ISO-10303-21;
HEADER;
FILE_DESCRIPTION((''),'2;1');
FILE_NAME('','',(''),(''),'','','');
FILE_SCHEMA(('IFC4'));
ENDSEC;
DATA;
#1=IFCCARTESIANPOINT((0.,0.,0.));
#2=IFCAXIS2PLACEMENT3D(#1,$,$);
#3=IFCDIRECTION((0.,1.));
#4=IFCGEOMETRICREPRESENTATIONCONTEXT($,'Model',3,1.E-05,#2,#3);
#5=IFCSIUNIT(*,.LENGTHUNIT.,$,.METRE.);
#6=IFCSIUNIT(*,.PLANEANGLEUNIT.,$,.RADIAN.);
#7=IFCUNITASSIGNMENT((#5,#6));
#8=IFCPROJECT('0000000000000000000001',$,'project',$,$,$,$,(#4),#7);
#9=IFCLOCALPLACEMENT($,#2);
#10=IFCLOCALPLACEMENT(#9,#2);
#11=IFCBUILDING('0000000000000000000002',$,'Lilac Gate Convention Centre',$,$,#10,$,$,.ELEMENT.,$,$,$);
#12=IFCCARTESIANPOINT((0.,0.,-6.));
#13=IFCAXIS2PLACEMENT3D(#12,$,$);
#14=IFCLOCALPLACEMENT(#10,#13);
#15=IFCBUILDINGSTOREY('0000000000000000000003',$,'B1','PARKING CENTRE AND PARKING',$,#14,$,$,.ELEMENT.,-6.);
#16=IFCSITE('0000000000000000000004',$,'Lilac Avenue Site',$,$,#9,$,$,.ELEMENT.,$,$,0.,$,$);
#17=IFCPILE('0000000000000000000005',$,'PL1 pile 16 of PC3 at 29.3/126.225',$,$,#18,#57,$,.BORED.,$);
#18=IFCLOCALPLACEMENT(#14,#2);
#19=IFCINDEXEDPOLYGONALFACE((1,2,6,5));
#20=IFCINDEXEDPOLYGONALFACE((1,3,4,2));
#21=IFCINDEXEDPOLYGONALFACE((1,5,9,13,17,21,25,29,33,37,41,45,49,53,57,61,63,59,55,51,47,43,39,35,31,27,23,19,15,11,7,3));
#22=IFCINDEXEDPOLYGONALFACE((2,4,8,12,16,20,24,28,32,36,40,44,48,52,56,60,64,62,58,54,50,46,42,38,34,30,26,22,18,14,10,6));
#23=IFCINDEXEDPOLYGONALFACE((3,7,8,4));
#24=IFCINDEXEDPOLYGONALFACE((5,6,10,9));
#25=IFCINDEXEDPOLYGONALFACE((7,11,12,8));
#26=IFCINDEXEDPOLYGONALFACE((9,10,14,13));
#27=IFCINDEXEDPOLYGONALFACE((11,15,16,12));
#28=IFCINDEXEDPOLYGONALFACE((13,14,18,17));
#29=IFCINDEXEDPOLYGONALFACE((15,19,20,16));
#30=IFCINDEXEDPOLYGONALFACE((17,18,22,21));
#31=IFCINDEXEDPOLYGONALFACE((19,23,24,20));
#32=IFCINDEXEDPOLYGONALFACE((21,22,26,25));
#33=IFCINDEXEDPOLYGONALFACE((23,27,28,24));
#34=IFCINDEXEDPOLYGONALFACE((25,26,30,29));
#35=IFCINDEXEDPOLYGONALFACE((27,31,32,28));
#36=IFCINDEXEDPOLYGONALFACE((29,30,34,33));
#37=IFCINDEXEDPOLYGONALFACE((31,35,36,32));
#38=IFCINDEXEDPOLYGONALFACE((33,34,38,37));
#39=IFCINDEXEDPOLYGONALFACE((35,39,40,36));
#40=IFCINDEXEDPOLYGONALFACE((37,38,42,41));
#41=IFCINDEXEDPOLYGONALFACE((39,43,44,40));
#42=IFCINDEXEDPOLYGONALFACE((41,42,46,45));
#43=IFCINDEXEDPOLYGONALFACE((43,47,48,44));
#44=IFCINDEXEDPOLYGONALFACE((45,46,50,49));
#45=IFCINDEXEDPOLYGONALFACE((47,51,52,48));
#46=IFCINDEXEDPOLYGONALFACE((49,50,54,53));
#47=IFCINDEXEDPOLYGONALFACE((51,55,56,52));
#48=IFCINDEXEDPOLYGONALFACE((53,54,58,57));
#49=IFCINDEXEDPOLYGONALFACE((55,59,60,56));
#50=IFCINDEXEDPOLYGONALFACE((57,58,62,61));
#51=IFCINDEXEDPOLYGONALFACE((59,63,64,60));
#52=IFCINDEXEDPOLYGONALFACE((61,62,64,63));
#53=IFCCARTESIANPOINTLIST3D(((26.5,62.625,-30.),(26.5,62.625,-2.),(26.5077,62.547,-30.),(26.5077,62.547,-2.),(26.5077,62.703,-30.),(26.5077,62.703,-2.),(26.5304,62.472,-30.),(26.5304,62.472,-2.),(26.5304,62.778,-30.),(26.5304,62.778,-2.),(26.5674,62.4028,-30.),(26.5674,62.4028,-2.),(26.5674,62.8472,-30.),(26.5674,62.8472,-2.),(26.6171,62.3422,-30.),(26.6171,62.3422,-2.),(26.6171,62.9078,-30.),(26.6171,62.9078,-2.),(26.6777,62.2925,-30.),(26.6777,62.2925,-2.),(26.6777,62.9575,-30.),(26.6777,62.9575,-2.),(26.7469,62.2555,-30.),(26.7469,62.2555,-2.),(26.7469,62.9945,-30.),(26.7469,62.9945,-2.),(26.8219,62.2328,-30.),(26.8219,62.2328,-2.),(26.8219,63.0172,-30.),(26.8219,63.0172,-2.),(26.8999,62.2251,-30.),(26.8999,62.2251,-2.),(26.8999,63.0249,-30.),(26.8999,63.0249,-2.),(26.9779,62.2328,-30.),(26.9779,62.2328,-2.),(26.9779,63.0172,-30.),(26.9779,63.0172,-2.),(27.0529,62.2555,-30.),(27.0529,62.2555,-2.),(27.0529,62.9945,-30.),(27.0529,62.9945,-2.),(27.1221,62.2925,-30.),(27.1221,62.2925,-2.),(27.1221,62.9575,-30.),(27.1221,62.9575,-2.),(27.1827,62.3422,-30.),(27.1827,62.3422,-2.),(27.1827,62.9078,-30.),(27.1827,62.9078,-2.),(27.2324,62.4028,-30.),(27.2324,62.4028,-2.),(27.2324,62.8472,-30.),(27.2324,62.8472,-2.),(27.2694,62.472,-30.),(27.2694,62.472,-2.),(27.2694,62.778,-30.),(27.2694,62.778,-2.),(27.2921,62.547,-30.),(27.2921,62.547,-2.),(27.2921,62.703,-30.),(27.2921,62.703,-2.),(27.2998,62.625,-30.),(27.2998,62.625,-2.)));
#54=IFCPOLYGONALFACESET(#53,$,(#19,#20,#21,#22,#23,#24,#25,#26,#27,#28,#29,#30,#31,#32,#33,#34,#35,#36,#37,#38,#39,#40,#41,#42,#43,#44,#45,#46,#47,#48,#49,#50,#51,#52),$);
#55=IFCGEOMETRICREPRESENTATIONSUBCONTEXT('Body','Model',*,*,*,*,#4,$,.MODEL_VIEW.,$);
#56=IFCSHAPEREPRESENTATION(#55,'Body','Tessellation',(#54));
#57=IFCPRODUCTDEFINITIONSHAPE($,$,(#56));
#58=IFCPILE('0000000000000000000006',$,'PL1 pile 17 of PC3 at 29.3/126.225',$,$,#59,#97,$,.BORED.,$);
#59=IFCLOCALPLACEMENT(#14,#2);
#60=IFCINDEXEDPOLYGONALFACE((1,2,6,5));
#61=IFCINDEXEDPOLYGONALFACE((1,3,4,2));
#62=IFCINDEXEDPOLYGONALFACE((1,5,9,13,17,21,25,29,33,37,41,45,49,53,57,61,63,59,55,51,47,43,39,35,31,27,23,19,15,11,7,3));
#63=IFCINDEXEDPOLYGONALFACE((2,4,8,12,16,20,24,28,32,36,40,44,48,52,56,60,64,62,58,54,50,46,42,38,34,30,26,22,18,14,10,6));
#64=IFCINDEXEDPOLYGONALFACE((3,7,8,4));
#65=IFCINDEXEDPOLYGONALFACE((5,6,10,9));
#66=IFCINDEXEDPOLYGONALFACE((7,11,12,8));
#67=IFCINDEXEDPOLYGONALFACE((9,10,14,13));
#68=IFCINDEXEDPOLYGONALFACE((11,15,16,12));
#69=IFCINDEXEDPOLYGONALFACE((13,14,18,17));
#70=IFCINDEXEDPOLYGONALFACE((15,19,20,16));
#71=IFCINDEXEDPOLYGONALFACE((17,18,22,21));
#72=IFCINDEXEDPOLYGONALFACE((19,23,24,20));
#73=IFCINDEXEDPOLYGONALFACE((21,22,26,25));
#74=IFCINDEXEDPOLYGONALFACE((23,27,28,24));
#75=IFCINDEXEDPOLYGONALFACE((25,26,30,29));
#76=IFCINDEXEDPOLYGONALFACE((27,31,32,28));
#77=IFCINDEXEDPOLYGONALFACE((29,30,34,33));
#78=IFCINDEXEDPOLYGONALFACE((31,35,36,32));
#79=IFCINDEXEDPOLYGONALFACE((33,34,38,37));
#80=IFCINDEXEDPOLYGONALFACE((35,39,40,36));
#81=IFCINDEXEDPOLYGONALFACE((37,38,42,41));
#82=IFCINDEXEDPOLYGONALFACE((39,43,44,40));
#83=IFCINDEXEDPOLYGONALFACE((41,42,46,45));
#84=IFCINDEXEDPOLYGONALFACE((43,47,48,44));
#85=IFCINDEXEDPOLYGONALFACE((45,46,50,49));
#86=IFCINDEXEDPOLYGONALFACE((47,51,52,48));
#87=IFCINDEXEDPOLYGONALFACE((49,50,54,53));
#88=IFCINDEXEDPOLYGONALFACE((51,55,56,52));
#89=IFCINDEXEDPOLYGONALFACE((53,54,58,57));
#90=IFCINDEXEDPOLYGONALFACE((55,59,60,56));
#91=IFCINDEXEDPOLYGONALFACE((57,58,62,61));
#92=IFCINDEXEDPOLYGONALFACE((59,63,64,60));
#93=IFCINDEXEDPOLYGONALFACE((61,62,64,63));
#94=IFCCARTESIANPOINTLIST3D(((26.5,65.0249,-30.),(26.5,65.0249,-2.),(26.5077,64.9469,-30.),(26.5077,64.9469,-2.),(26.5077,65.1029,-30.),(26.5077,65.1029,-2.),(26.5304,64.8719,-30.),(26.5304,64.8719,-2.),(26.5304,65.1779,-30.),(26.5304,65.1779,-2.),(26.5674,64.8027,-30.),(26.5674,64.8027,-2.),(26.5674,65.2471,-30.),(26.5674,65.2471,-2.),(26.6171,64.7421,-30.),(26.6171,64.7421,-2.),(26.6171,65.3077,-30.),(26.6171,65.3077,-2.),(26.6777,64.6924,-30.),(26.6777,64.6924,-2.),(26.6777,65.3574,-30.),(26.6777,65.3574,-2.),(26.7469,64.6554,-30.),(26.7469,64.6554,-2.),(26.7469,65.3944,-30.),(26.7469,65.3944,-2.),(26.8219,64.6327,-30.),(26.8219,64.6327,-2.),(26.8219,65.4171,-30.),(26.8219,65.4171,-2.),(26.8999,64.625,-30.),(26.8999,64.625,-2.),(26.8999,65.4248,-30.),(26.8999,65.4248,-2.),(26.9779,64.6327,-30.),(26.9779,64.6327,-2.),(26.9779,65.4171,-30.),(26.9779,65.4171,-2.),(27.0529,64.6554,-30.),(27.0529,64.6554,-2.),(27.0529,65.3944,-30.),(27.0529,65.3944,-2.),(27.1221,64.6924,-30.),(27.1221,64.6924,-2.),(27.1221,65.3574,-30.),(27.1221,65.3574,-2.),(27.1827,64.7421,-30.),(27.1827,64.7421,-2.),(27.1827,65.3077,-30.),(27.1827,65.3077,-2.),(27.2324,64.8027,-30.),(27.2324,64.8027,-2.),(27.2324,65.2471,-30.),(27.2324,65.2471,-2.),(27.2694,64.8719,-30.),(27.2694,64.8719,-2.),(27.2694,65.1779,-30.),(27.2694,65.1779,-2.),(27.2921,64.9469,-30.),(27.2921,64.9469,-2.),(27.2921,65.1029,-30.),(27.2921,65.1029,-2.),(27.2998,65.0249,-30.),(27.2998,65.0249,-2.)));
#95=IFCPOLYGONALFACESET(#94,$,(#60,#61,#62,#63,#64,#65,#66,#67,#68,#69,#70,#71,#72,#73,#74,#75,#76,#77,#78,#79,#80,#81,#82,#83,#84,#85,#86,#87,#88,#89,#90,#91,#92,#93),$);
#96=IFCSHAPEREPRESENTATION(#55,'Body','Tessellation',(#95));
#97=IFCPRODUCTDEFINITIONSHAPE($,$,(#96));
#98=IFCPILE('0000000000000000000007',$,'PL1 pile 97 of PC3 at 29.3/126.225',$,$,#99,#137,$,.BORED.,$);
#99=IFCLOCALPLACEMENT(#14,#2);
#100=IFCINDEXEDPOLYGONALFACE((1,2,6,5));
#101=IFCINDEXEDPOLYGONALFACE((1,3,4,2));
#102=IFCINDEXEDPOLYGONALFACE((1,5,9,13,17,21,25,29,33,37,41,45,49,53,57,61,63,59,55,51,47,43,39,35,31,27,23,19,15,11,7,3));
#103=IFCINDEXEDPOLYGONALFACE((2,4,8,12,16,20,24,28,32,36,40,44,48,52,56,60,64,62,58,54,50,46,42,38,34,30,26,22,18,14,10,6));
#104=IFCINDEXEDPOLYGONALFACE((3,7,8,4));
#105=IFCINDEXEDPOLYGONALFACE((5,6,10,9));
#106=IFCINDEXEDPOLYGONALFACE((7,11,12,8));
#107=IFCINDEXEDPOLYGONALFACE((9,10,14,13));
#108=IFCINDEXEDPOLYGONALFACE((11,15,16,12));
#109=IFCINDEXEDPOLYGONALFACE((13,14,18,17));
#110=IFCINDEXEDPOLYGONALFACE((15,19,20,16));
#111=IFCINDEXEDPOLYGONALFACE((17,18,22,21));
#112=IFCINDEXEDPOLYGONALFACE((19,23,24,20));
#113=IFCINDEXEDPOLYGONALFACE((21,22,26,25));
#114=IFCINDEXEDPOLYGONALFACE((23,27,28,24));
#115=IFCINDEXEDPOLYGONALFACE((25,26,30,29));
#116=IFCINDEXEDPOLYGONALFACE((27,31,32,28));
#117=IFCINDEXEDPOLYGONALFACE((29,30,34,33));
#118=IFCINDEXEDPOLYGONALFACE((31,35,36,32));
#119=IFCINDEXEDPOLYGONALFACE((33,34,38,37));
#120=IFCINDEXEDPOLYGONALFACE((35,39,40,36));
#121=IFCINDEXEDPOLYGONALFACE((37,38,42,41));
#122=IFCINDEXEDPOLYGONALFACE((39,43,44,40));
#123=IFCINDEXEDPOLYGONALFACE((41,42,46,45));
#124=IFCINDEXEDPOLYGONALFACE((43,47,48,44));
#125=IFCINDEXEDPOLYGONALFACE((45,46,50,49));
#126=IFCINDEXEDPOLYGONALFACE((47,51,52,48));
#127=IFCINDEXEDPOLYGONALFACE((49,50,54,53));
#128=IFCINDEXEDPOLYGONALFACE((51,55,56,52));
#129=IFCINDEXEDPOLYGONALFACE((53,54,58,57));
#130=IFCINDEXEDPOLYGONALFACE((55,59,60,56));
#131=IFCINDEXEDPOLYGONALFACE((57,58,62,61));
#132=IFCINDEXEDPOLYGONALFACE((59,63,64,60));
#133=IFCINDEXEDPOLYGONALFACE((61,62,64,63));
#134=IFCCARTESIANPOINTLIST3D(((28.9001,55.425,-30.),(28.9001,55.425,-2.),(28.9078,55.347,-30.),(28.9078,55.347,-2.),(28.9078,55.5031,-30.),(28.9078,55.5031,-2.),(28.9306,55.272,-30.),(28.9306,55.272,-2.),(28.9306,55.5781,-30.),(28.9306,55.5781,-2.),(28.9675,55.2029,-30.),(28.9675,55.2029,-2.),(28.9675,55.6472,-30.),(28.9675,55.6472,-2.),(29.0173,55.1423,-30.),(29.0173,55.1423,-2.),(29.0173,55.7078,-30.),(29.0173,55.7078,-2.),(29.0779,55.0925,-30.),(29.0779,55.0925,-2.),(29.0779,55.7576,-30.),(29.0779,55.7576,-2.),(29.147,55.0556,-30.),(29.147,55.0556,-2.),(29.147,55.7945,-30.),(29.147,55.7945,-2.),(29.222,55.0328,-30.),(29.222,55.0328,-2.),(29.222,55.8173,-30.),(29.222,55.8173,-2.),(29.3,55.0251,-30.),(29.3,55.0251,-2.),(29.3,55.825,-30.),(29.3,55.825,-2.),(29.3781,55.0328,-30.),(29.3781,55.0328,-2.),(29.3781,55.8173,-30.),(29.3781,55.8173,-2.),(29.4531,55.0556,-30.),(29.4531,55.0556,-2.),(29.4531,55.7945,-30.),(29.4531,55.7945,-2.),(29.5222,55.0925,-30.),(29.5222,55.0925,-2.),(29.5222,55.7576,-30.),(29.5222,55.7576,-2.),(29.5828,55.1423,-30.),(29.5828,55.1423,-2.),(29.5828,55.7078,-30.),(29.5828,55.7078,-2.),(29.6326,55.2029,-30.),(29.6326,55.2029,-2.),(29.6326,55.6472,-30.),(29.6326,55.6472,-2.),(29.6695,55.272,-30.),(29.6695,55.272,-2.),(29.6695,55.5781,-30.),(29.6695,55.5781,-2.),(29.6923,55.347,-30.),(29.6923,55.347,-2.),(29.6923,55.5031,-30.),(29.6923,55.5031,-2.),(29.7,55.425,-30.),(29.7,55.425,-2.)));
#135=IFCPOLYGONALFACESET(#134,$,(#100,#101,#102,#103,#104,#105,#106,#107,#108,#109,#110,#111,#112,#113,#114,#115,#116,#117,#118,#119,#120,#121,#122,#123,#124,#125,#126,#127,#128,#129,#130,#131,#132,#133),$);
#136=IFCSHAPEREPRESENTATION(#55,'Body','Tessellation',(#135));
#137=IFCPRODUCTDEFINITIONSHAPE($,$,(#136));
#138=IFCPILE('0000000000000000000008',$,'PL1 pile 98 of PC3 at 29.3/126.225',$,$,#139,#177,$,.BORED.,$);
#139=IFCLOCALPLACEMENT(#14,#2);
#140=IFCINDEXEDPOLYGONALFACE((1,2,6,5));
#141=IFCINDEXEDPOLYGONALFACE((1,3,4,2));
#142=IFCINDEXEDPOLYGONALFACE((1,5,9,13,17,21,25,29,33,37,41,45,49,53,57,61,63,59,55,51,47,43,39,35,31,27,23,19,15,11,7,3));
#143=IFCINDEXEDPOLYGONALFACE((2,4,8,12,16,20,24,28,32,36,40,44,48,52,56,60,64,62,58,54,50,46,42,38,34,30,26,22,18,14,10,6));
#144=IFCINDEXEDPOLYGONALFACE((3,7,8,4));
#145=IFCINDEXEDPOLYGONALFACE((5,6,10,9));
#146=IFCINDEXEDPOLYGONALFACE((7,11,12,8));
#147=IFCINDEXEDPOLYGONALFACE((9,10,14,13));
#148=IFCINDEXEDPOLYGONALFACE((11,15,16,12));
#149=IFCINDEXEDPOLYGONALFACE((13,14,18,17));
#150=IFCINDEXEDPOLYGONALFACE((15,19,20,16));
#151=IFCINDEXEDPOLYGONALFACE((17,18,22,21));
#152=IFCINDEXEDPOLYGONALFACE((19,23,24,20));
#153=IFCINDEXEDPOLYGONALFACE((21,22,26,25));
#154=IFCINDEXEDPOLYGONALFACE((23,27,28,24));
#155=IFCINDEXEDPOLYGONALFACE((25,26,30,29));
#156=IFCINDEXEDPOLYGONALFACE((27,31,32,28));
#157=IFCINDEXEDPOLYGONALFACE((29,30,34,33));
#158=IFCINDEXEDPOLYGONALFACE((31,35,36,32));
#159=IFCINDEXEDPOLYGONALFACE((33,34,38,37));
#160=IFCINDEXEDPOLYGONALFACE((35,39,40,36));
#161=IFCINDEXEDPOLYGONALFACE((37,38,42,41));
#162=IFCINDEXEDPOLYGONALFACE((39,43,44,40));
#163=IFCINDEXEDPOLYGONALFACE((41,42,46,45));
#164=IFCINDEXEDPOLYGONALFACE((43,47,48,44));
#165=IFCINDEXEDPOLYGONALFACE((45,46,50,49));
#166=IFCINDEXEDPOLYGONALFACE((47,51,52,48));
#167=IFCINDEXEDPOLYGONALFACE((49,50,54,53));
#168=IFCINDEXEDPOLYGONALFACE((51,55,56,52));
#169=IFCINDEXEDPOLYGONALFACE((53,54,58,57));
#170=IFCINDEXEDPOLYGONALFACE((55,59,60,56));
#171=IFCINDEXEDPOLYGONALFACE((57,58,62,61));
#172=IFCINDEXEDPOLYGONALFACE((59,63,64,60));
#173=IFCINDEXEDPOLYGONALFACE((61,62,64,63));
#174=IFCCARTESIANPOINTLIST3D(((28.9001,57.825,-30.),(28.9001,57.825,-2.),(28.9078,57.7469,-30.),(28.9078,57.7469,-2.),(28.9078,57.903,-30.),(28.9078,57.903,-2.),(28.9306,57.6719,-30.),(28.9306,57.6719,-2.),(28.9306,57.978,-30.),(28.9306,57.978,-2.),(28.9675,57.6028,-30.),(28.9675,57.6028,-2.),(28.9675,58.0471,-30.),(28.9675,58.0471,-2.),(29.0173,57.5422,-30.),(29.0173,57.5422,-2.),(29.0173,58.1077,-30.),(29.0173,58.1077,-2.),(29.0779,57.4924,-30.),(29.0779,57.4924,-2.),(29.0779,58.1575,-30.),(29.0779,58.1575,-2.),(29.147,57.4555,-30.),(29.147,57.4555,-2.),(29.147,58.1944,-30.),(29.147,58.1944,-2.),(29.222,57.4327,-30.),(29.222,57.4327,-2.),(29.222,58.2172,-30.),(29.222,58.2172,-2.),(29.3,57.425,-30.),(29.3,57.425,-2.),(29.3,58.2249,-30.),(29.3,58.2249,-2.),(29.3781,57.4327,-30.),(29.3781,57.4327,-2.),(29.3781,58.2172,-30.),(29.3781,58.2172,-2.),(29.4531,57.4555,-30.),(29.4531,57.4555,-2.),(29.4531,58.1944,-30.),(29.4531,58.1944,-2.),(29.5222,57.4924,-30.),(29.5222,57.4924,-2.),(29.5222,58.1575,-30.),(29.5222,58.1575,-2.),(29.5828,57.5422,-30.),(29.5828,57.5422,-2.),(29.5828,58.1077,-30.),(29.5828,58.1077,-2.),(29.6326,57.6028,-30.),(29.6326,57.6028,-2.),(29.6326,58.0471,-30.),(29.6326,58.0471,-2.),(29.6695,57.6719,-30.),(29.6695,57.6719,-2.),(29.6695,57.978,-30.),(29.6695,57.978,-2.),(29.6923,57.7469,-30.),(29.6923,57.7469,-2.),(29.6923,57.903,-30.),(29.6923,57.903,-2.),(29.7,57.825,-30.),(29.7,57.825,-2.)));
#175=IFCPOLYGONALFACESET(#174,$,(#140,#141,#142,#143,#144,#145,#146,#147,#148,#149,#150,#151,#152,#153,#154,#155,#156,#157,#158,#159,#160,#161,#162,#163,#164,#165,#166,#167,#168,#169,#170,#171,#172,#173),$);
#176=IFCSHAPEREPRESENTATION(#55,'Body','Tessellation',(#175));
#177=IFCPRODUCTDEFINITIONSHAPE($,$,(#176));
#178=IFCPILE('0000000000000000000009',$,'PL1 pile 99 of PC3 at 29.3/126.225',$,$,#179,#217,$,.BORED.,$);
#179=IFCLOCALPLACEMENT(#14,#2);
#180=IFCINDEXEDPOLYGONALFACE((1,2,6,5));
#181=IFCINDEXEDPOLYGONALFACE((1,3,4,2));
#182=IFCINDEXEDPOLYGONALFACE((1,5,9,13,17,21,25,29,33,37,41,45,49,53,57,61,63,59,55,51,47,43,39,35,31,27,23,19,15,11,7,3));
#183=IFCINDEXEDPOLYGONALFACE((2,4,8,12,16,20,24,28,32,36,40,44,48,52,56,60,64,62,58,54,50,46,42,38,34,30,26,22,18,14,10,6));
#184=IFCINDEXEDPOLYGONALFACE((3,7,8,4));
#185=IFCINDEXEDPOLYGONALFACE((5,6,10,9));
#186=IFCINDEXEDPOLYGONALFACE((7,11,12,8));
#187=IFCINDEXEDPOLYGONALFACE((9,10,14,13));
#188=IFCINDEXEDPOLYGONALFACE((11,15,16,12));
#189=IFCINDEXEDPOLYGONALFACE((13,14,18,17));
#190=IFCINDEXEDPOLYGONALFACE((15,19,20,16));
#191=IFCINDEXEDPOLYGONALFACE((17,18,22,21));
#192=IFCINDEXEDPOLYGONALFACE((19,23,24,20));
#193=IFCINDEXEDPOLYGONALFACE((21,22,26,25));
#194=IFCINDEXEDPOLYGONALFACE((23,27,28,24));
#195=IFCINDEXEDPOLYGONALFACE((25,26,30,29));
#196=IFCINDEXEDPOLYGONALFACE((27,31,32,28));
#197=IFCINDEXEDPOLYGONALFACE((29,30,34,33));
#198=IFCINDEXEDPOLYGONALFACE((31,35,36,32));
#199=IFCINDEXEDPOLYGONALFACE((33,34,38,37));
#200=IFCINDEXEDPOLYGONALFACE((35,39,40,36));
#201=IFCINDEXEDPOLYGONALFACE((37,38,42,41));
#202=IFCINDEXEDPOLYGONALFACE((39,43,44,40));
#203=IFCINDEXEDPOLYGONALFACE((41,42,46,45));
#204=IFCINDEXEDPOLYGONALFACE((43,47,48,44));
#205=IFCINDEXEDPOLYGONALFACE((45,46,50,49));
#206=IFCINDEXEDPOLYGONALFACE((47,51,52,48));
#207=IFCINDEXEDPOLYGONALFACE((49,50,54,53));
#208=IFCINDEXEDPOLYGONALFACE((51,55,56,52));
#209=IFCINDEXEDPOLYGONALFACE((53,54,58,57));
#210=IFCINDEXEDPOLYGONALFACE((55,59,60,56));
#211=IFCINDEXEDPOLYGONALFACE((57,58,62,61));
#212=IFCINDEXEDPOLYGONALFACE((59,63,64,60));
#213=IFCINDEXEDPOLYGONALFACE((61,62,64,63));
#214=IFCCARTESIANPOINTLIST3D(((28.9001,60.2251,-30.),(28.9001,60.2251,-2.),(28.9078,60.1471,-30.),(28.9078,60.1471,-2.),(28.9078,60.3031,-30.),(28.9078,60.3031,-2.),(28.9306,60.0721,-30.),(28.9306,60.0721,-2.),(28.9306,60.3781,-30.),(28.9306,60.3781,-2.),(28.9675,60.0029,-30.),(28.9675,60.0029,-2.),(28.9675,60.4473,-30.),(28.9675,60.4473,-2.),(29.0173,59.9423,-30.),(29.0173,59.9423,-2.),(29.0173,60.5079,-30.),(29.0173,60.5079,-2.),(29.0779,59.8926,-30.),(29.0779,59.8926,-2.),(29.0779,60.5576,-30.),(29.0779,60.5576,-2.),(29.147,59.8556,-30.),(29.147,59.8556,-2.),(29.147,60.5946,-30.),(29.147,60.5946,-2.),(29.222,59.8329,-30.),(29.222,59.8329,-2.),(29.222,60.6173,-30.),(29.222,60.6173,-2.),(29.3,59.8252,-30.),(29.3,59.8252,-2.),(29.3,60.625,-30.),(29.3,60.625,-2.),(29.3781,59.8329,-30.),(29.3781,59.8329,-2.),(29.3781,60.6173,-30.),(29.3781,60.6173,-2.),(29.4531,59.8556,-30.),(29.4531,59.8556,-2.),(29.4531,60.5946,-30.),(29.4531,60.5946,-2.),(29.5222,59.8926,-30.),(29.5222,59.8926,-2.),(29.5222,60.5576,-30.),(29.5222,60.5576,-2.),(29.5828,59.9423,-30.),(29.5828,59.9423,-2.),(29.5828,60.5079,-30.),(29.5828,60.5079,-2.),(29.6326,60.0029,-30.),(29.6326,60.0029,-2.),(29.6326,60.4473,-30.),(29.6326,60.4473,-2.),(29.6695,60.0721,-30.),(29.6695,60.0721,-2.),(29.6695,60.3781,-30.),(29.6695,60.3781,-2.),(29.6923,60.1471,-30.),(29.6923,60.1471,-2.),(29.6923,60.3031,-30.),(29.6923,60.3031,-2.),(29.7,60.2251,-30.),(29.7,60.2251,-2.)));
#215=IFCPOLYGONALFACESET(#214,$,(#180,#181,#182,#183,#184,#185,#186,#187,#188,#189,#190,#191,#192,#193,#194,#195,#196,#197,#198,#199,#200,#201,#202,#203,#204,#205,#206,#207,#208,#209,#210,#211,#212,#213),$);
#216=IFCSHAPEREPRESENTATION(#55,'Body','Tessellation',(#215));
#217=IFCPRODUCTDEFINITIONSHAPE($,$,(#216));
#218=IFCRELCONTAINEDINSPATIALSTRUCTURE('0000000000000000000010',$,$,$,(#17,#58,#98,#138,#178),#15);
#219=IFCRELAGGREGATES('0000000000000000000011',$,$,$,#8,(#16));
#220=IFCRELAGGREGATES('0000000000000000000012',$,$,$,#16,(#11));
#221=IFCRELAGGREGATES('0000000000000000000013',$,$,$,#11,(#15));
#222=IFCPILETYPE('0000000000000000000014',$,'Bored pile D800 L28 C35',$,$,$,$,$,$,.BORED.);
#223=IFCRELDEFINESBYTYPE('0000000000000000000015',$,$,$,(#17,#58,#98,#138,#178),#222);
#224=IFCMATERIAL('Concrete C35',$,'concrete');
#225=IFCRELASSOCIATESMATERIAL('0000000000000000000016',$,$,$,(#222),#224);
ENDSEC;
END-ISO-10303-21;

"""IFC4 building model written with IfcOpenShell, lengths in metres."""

from ifc_helpers import new_model, si_unit, direction, frame, origin, origin_2d, place, context, subcontext, project, spatial, circle, extrude, material, material_profile, profile_set, type_object, element, save


model = new_model("IFC4")

# Units and contexts
model_context = context("Model", 3, precision=1e-05, world=origin(), true_north=direction((0.0, 1.0)))
body_context = subcontext(model_context, "Body", "Model", "MODEL_VIEW")
ifc_project = project(units=[si_unit("LENGTHUNIT", "METRE"), si_unit("PLANEANGLEUNIT", "RADIAN")], contexts=[model_context])

# Site, building, storey
site_placement = place(None, origin())
site = spatial("IfcSite", under=ifc_project, at=site_placement, Name="Lilac Avenue Site", CompositionType="ELEMENT", RefElevation=0.0)
building_placement = place(site_placement, origin())
building = spatial("IfcBuilding", under=site, at=building_placement, Name="Lilac Gate Convention Centre", CompositionType="ELEMENT")
storey_placement = place(building_placement, frame((0.0, 0.0, -6.0)))
storey = spatial("IfcBuildingStorey", under=building, at=storey_placement, Name="B1", Description="PARKING CENTRE AND PARKING", CompositionType="ELEMENT", Elevation=-6.0)

# Piles
ifc_material_1 = material(Name="Concrete C35", Category="concrete")
ifc_material_profile_1 = material_profile(ifc_material_1, circle(Radius=0.3999, at=origin_2d()), Name="D800")
ifc_profile_set_1 = profile_set([ifc_material_profile_1], Name="Concrete C35")
pile_type = type_object("IfcPileType", Name="Bored pile D800 L28 C35", PredefinedType="BORED", material=ifc_profile_set_1)
for number, where, z_axis, x_axis, name in (
    (1, (26.8999, 62.625, -2.0), (0.0, 0.0, -1.0), (1.0, 0.0, 0.0), "PL1 pile 16 of PC3 at 29.3/126.225"),
    (2, (26.8999, 65.0249, -2.0), (0.0, 0.0, -1.0), (1.0, 0.0, 0.0), "PL1 pile 17 of PC3 at 29.3/126.225"),
    (3, (29.3, 55.425, -2.0), (0.0, 0.0, -1.0), (1.0, 0.0, 0.0), "PL1 pile 97 of PC3 at 29.3/126.225"),
    (4, (29.3, 57.825, -2.0), (0.0, 0.0, -1.0), (1.0, 0.0, 0.0), "PL1 pile 98 of PC3 at 29.3/126.225"),
    (5, (29.3, 60.2251, -2.0), (0.0, 0.0, -1.0), (1.0, 0.0, 0.0), "PL1 pile 99 of PC3 at 29.3/126.225"),
):
    element("IfcPile", number, at=place(storey_placement, frame(where, z_axis=z_axis, x_axis=x_axis)), inside=storey, type_object=pile_type, Name=name, PredefinedType="BORED", context=body_context, shape_type="SweptSolid", body=[
        extrude(circle(Radius=0.3999, at=origin_2d()), origin(), (0.0, 0.0, 1.0), 28.0),
    ])

save(model, "model.ifc")
